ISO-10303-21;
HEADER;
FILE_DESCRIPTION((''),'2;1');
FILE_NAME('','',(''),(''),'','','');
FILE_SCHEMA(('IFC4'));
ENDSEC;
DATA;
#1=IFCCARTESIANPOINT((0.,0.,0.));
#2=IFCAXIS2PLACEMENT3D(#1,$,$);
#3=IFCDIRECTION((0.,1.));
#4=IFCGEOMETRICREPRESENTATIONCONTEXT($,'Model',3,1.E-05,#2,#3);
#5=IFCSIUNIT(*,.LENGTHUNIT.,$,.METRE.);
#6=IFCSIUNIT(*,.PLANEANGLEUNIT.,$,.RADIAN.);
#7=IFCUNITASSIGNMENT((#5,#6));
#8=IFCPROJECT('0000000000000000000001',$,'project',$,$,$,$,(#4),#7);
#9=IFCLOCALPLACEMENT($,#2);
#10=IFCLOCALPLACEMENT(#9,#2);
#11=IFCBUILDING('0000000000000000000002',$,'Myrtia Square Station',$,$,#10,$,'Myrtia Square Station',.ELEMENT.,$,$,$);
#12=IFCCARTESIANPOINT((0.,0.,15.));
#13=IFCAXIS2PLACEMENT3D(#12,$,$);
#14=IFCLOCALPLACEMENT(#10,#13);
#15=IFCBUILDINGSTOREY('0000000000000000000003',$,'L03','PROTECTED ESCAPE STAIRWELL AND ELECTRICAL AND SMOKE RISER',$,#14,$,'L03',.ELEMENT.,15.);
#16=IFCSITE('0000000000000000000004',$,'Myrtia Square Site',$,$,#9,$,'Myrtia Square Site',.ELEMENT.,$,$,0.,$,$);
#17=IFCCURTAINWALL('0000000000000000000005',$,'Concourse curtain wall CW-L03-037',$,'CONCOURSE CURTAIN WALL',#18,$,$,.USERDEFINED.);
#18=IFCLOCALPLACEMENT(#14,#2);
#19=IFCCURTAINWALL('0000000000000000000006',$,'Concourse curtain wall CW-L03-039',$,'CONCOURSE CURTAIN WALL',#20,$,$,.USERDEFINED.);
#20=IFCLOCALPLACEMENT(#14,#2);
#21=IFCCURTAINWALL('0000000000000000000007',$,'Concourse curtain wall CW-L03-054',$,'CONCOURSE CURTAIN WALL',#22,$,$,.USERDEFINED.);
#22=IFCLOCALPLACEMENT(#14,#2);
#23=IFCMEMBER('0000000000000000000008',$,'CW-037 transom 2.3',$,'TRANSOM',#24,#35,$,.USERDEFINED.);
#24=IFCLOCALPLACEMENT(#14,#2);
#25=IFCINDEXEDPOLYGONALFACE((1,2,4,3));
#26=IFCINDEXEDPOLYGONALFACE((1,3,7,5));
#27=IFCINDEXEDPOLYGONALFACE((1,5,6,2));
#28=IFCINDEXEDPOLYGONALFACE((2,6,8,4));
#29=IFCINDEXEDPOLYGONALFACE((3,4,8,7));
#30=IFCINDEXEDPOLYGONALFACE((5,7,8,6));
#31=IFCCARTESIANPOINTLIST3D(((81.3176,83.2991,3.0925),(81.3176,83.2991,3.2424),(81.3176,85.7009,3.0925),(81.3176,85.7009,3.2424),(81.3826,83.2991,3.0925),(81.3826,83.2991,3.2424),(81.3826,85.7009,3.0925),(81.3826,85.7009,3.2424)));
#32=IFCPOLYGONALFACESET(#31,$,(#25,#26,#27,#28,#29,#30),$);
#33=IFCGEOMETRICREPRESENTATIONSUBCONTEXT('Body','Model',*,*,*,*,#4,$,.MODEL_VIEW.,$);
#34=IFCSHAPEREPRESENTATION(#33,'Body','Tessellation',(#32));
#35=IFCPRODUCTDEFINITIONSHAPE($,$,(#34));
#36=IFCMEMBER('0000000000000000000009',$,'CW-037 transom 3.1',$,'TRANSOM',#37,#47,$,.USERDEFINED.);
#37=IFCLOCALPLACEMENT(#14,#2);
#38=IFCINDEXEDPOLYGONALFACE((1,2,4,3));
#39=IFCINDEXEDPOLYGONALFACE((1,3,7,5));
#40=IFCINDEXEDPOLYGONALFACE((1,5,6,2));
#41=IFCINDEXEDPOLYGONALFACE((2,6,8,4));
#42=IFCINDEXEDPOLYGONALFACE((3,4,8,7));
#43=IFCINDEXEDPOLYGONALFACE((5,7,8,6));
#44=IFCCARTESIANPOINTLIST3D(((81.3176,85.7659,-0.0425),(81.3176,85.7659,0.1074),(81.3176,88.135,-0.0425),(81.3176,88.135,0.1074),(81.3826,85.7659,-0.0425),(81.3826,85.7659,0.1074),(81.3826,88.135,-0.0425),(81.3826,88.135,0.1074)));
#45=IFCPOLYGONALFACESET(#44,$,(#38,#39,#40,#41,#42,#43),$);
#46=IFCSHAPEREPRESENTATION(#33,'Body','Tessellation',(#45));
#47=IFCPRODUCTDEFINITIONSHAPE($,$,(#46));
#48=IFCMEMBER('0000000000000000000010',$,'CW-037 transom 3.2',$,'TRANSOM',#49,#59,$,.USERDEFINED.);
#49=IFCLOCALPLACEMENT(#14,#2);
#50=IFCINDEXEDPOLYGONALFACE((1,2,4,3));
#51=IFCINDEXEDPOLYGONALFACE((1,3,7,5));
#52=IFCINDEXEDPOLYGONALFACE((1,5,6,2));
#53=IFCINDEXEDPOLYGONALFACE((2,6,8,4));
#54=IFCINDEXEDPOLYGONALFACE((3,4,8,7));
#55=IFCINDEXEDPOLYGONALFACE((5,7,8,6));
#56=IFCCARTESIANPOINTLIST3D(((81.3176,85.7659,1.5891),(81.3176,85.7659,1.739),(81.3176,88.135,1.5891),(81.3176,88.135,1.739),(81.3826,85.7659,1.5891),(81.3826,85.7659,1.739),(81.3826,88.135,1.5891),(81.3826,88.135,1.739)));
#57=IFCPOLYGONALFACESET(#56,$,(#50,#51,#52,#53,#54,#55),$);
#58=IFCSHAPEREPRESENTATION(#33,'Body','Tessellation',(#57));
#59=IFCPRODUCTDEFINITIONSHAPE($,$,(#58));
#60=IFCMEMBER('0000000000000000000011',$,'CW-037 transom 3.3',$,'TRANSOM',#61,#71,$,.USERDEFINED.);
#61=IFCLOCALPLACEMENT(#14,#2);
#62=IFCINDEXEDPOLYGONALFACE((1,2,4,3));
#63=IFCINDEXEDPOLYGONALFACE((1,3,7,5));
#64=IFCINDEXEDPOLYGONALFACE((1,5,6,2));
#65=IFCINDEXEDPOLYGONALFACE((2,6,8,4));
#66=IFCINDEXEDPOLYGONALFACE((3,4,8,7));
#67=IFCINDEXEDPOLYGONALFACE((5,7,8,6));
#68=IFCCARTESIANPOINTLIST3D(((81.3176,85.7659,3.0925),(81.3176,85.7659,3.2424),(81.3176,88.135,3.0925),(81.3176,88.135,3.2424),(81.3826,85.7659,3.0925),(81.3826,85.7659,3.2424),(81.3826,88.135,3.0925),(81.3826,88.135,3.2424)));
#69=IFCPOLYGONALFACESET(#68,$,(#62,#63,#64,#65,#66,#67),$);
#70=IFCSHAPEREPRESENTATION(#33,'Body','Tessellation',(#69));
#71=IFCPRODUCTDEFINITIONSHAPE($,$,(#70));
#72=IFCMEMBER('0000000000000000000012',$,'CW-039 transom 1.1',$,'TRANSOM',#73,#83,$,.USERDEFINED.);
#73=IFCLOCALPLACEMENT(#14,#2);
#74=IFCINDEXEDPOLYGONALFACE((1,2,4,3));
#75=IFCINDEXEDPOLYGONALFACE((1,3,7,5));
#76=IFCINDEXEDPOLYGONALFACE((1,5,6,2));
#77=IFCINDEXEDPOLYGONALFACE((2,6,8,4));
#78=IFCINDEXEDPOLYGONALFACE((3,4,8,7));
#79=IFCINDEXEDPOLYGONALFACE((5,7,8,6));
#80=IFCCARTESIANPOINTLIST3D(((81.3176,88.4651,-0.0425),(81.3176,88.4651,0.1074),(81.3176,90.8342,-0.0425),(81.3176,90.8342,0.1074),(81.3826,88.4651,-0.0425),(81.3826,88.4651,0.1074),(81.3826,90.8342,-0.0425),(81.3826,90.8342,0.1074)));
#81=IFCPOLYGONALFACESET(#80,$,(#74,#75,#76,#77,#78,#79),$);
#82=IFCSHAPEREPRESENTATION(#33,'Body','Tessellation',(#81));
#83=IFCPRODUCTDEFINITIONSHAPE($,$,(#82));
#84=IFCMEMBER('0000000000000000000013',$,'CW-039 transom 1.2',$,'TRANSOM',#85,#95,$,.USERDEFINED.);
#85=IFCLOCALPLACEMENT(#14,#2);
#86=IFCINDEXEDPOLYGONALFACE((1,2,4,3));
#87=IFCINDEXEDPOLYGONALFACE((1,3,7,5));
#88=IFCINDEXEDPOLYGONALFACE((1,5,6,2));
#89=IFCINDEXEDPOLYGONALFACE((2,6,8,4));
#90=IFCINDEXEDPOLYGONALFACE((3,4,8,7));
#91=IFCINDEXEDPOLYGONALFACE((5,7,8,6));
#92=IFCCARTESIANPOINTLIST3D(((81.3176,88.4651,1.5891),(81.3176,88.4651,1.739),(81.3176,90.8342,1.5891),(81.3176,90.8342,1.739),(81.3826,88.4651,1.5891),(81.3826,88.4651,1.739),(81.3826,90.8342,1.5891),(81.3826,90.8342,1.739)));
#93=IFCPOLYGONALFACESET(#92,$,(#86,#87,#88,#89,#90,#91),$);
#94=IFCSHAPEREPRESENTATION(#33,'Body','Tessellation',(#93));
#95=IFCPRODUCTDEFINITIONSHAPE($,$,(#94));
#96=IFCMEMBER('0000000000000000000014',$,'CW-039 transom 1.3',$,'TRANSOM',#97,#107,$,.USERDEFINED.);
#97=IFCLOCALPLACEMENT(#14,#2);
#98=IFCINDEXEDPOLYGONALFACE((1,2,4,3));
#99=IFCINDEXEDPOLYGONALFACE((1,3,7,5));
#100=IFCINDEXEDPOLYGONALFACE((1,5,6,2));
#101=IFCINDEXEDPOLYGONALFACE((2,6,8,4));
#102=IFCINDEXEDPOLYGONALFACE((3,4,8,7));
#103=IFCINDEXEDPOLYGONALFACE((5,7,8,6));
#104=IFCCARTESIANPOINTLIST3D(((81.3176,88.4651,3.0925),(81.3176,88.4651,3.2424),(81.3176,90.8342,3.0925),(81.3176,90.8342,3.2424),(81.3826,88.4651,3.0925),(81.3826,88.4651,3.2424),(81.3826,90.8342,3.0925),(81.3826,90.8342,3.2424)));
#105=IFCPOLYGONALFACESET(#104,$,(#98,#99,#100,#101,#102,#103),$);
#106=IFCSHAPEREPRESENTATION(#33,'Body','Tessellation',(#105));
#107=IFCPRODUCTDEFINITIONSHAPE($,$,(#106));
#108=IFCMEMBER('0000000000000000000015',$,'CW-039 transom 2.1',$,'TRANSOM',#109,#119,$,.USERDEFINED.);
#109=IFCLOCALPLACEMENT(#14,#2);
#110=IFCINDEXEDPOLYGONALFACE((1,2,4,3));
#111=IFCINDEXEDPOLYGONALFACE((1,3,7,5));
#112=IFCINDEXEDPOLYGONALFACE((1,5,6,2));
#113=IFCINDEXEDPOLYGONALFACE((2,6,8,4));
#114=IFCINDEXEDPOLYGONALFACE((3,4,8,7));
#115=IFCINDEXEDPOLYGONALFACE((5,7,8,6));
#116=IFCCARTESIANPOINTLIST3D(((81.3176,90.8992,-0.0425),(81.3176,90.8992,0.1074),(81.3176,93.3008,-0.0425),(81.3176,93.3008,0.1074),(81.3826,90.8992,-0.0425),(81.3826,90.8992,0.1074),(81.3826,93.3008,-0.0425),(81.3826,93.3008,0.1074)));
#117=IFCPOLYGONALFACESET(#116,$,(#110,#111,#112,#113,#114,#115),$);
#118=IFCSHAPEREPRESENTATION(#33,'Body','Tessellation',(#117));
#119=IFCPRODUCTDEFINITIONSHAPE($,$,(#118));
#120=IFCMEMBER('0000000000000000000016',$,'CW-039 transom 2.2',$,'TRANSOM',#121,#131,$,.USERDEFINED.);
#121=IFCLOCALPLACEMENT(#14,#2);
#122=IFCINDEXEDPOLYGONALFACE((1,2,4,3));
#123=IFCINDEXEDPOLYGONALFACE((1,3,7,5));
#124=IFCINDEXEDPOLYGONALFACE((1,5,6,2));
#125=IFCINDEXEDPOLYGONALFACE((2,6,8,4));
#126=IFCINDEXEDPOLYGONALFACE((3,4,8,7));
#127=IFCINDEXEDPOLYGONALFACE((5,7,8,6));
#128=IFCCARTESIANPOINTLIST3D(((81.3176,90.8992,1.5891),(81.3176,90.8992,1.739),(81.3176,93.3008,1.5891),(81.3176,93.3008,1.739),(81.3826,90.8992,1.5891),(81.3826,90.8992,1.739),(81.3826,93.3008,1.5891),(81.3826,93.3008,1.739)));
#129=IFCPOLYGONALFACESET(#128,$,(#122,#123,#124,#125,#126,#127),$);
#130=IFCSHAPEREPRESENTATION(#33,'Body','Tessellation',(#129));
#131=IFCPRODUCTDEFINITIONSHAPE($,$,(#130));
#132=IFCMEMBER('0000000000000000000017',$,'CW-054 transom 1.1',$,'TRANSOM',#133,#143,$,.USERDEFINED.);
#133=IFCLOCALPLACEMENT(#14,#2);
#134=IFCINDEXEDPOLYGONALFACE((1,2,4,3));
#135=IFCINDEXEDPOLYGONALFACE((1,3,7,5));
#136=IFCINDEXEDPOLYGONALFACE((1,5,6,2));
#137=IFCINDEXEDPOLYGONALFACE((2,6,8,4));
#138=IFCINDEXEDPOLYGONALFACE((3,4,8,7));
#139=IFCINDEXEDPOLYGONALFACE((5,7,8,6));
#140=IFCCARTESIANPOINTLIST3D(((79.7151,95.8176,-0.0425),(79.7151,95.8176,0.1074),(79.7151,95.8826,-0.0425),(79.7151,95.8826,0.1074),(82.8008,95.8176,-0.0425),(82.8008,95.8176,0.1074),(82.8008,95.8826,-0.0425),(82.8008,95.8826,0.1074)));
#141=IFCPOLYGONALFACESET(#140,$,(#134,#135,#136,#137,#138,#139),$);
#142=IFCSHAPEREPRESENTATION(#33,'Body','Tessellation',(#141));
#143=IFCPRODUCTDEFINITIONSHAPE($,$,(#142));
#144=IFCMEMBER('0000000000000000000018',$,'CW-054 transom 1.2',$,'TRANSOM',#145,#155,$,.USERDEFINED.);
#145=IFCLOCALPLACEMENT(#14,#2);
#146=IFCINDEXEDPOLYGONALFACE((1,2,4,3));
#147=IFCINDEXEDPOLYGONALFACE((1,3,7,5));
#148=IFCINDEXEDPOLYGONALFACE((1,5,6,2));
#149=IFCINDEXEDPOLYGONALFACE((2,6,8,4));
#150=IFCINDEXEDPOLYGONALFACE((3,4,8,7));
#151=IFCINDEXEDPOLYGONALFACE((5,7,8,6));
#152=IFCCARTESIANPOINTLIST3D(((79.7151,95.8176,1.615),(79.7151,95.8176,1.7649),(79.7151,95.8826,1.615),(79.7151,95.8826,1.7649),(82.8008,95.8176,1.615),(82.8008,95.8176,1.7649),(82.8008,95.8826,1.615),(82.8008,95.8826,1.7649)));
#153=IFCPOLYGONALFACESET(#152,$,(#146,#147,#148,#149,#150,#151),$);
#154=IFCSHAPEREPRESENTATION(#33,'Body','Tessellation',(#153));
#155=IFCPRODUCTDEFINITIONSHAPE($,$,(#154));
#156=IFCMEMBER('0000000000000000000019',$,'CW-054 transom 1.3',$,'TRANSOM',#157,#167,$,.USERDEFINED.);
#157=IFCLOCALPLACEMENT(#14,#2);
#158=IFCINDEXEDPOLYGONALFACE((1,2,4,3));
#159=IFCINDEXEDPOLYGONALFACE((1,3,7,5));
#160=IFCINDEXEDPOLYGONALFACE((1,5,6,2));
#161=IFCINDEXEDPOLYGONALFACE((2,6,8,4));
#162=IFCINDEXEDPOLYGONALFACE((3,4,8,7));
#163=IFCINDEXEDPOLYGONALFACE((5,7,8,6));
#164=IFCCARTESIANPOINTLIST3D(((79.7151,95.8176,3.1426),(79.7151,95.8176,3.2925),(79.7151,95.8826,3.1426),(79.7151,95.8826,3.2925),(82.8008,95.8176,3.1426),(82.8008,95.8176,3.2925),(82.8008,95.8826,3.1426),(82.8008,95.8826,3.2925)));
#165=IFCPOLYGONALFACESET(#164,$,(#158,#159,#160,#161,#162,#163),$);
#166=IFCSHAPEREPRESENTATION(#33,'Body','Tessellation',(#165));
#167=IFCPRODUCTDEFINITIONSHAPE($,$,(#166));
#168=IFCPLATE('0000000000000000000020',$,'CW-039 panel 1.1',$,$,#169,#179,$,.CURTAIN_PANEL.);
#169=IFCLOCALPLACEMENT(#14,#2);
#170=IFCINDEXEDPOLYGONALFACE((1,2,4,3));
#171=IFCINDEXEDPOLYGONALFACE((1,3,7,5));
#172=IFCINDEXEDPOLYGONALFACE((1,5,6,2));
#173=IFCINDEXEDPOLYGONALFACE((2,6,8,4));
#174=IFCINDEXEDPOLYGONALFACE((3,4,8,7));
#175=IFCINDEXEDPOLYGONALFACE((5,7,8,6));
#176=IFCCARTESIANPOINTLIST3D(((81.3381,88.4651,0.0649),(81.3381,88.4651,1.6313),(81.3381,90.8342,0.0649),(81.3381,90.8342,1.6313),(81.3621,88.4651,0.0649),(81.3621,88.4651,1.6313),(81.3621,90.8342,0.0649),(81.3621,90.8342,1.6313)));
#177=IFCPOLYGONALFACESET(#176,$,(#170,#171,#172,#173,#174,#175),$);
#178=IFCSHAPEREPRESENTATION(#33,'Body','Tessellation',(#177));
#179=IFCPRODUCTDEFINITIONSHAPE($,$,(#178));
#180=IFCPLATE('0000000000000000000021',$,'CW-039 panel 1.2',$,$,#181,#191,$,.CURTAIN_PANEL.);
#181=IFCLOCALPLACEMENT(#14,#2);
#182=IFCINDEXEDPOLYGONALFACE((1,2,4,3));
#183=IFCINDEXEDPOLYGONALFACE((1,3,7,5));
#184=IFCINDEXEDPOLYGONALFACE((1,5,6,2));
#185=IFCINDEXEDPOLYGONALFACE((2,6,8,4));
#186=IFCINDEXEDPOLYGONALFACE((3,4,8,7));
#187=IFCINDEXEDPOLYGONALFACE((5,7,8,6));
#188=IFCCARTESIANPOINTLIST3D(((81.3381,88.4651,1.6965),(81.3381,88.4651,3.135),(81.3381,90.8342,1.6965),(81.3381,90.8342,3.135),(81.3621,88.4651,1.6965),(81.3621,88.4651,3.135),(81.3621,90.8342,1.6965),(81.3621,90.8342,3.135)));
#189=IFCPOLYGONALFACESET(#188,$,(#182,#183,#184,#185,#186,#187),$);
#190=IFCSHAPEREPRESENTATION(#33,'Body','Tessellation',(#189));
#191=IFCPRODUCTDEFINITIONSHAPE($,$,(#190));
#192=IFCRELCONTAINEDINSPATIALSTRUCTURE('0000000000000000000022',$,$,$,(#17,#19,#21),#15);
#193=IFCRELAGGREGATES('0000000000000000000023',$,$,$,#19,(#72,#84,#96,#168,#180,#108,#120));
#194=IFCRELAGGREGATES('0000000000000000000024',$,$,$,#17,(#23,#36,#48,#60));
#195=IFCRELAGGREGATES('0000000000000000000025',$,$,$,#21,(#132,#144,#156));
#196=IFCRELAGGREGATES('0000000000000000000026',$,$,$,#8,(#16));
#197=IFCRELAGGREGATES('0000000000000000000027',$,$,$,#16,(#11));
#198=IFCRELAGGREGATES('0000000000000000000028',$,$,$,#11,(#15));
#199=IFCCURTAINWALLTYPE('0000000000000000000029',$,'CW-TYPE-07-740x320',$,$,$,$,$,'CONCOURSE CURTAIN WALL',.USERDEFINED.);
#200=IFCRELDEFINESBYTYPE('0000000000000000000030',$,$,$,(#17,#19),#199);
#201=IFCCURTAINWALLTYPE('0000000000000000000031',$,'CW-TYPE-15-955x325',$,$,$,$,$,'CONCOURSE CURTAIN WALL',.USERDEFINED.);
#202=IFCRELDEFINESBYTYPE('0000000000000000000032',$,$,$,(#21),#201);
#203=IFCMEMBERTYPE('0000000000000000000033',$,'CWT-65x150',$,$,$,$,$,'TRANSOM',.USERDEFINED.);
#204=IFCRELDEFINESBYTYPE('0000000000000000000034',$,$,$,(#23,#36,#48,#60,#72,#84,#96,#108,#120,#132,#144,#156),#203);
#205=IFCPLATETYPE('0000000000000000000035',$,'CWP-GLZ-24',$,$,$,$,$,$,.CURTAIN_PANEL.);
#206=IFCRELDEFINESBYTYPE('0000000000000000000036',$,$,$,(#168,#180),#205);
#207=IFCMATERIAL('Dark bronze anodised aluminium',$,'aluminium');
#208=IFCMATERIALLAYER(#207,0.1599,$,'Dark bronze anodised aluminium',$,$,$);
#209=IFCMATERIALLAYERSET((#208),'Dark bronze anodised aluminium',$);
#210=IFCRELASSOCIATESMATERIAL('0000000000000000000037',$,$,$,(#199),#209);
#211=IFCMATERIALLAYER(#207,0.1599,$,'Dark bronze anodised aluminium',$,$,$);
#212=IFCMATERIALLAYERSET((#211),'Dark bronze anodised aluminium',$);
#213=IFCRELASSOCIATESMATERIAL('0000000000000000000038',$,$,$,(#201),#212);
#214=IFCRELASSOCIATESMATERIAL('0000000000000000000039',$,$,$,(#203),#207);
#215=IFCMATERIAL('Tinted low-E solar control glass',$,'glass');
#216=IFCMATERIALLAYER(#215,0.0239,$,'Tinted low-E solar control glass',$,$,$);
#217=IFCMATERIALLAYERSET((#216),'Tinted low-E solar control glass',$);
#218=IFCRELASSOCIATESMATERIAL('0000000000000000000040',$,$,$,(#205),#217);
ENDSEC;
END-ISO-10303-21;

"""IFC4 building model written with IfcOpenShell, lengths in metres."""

from ifc_helpers import new_model, si_unit, direction, frame, origin, origin_2d, place, context, subcontext, project, spatial, rectangle, extrude, material, layer, layer_set, material_profile, profile_set, type_object, element, aggregate, save


model = new_model("IFC4")

# Units and contexts
model_context = context("Model", 3, precision=1e-05, world=origin(), true_north=direction((0.0, 1.0)))
body_context = subcontext(model_context, "Body", "Model", "MODEL_VIEW")
ifc_project = project(units=[si_unit("LENGTHUNIT", "METRE"), si_unit("PLANEANGLEUNIT", "RADIAN")], contexts=[model_context])

# Site, building, storey
site_placement = place(None, origin())
site = spatial("IfcSite", under=ifc_project, at=site_placement, Name="Myrtia Square Site", LongName="Myrtia Square Site", CompositionType="ELEMENT", RefElevation=0.0)
building_placement = place(site_placement, origin())
building = spatial("IfcBuilding", under=site, at=building_placement, Name="Myrtia Square Station", LongName="Myrtia Square Station", CompositionType="ELEMENT")
storey_placement = place(building_placement, frame((0.0, 0.0, 15.0)))
storey = spatial("IfcBuildingStorey", under=building, at=storey_placement, Name="L03", Description="PROTECTED ESCAPE STAIRWELL AND ELECTRICAL AND SMOKE RISER", LongName="L03", CompositionType="ELEMENT", Elevation=15.0)

# Curtain walls
ifc_material_1 = material(Name="Dark bronze anodised aluminium", Category="aluminium")
ifc_layer_1 = layer(ifc_material_1, 0.1599, Name="Dark bronze anodised aluminium")
ifc_layer_set_1 = layer_set([ifc_layer_1], Name="Dark bronze anodised aluminium")
curtain_wall_type_1 = type_object("IfcCurtainWallType", Name="CW-TYPE-07-740x320", ElementType="CONCOURSE CURTAIN WALL", PredefinedType="USERDEFINED", material=ifc_layer_set_1)
curtain_wall_1_placement = place(storey_placement, origin())
curtain_wall_1 = element("IfcCurtainWall", 1, at=curtain_wall_1_placement, inside=storey, type_object=curtain_wall_type_1, Name="Concourse curtain wall CW-L03-037", ObjectType="CONCOURSE CURTAIN WALL", PredefinedType="USERDEFINED")
curtain_wall_2_placement = place(storey_placement, origin())
curtain_wall_2 = element("IfcCurtainWall", 2, at=curtain_wall_2_placement, inside=storey, type_object=curtain_wall_type_1, Name="Concourse curtain wall CW-L03-039", ObjectType="CONCOURSE CURTAIN WALL", PredefinedType="USERDEFINED")

# Curtain wall
ifc_layer_2 = layer(ifc_material_1, 0.1599, Name="Dark bronze anodised aluminium")
ifc_layer_set_2 = layer_set([ifc_layer_2], Name="Dark bronze anodised aluminium")
curtain_wall_type_2 = type_object("IfcCurtainWallType", Name="CW-TYPE-15-955x325", ElementType="CONCOURSE CURTAIN WALL", PredefinedType="USERDEFINED", material=ifc_layer_set_2)
curtain_wall_3_placement = place(storey_placement, origin())
curtain_wall_3 = element("IfcCurtainWall", 3, at=curtain_wall_3_placement, inside=storey, type_object=curtain_wall_type_2, Name="Concourse curtain wall CW-L03-054", ObjectType="CONCOURSE CURTAIN WALL", PredefinedType="USERDEFINED")

# Members
ifc_material_profile_1 = material_profile(ifc_material_1, rectangle(XDim=0.0649, YDim=0.1499, at=origin_2d()), Name="ALU-T 65x150")
ifc_profile_set_1 = profile_set([ifc_material_profile_1], Name="Dark bronze anodised aluminium")
member_type_1 = type_object("IfcMemberType", Name="CWT-65x150", ElementType="TRANSOM", PredefinedType="USERDEFINED", material=ifc_profile_set_1)
member_1_placement = place(storey_placement, frame((81.3501, 83.2991, 3.1675), z_axis=(0.0, 1.0, 0.0), x_axis=(-1.0, 0.0, 0.0)))
member_1 = element("IfcMember", 4, at=member_1_placement, type_object=member_type_1, Name="CW-037 transom 2.3", ObjectType="TRANSOM", PredefinedType="USERDEFINED", context=body_context, shape_type="SweptSolid", body=[
    extrude(rectangle(XDim=0.0649, YDim=0.1499, at=origin_2d()), origin(), (0.0, 0.0, 1.0), 2.4019),
])
member_2_placement = place(storey_placement, frame((81.3501, 85.7659, 0.0325), z_axis=(0.0, 1.0, 0.0), x_axis=(-1.0, 0.0, 0.0)))
member_2 = element("IfcMember", 5, at=member_2_placement, type_object=member_type_1, Name="CW-037 transom 3.1", ObjectType="TRANSOM", PredefinedType="USERDEFINED", context=body_context, shape_type="SweptSolid", body=[
    extrude(rectangle(XDim=0.0649, YDim=0.1499, at=origin_2d()), origin(), (0.0, 0.0, 1.0), 2.3691),
])
member_3_placement = place(storey_placement, frame((81.3501, 85.7659, 1.6641), z_axis=(0.0, 1.0, 0.0), x_axis=(-1.0, 0.0, 0.0)))
member_3 = element("IfcMember", 6, at=member_3_placement, type_object=member_type_1, Name="CW-037 transom 3.2", ObjectType="TRANSOM", PredefinedType="USERDEFINED", context=body_context, shape_type="SweptSolid", body=[
    extrude(rectangle(XDim=0.0649, YDim=0.1499, at=origin_2d()), origin(), (0.0, 0.0, 1.0), 2.3691),
])
member_4_placement = place(storey_placement, frame((81.3501, 85.7659, 3.1675), z_axis=(0.0, 1.0, 0.0), x_axis=(-1.0, 0.0, 0.0)))
member_4 = element("IfcMember", 7, at=member_4_placement, type_object=member_type_1, Name="CW-037 transom 3.3", ObjectType="TRANSOM", PredefinedType="USERDEFINED", context=body_context, shape_type="SweptSolid", body=[
    extrude(rectangle(XDim=0.0649, YDim=0.1499, at=origin_2d()), origin(), (0.0, 0.0, 1.0), 2.3691),
])
member_5_placement = place(storey_placement, frame((81.3501, 88.4651, 0.0325), z_axis=(0.0, 1.0, 0.0), x_axis=(-1.0, 0.0, 0.0)))
member_5 = element("IfcMember", 8, at=member_5_placement, type_object=member_type_1, Name="CW-039 transom 1.1", ObjectType="TRANSOM", PredefinedType="USERDEFINED", context=body_context, shape_type="SweptSolid", body=[
    extrude(rectangle(XDim=0.0649, YDim=0.1499, at=origin_2d()), origin(), (0.0, 0.0, 1.0), 2.3691),
])
member_6_placement = place(storey_placement, frame((81.3501, 88.4651, 1.6641), z_axis=(0.0, 1.0, 0.0), x_axis=(-1.0, 0.0, 0.0)))
member_6 = element("IfcMember", 9, at=member_6_placement, type_object=member_type_1, Name="CW-039 transom 1.2", ObjectType="TRANSOM", PredefinedType="USERDEFINED", context=body_context, shape_type="SweptSolid", body=[
    extrude(rectangle(XDim=0.0649, YDim=0.1499, at=origin_2d()), origin(), (0.0, 0.0, 1.0), 2.3691),
])
member_7_placement = place(storey_placement, frame((81.3501, 88.4651, 3.1675), z_axis=(0.0, 1.0, 0.0), x_axis=(-1.0, 0.0, 0.0)))
member_7 = element("IfcMember", 10, at=member_7_placement, type_object=member_type_1, Name="CW-039 transom 1.3", ObjectType="TRANSOM", PredefinedType="USERDEFINED", context=body_context, shape_type="SweptSolid", body=[
    extrude(rectangle(XDim=0.0649, YDim=0.1499, at=origin_2d()), origin(), (0.0, 0.0, 1.0), 2.3691),
])
member_8_placement = place(storey_placement, frame((81.3501, 90.8992, 0.0325), z_axis=(0.0, 1.0, 0.0), x_axis=(-1.0, 0.0, 0.0)))
member_8 = element("IfcMember", 11, at=member_8_placement, type_object=member_type_1, Name="CW-039 transom 2.1", ObjectType="TRANSOM", PredefinedType="USERDEFINED", context=body_context, shape_type="SweptSolid", body=[
    extrude(rectangle(XDim=0.0649, YDim=0.1499, at=origin_2d()), origin(), (0.0, 0.0, 1.0), 2.4016),
])
member_9_placement = place(storey_placement, frame((81.3501, 90.8992, 1.6641), z_axis=(0.0, 1.0, 0.0), x_axis=(-1.0, 0.0, 0.0)))
member_9 = element("IfcMember", 12, at=member_9_placement, type_object=member_type_1, Name="CW-039 transom 2.2", ObjectType="TRANSOM", PredefinedType="USERDEFINED", context=body_context, shape_type="SweptSolid", body=[
    extrude(rectangle(XDim=0.0649, YDim=0.1499, at=origin_2d()), origin(), (0.0, 0.0, 1.0), 2.4016),
])
member_10_placement = place(storey_placement, frame((79.7151, 95.8501, 0.0325), z_axis=(1.0, 0.0, 0.0), x_axis=(0.0, 1.0, 0.0)))
member_10 = element("IfcMember", 13, at=member_10_placement, type_object=member_type_1, Name="CW-054 transom 1.1", ObjectType="TRANSOM", PredefinedType="USERDEFINED", context=body_context, shape_type="SweptSolid", body=[
    extrude(rectangle(XDim=0.0649, YDim=0.1499, at=origin_2d()), origin(), (0.0, 0.0, 1.0), 3.0857),
])
member_11_placement = place(storey_placement, frame((79.7151, 95.8501, 1.6899), z_axis=(1.0, 0.0, 0.0), x_axis=(0.0, 1.0, 0.0)))
member_11 = element("IfcMember", 14, at=member_11_placement, type_object=member_type_1, Name="CW-054 transom 1.2", ObjectType="TRANSOM", PredefinedType="USERDEFINED", context=body_context, shape_type="SweptSolid", body=[
    extrude(rectangle(XDim=0.0649, YDim=0.1499, at=origin_2d()), origin(), (0.0, 0.0, 1.0), 3.0857),
])
member_12_placement = place(storey_placement, frame((79.7151, 95.8501, 3.2175), z_axis=(1.0, 0.0, 0.0), x_axis=(0.0, 1.0, 0.0)))
member_12 = element("IfcMember", 15, at=member_12_placement, type_object=member_type_1, Name="CW-054 transom 1.3", ObjectType="TRANSOM", PredefinedType="USERDEFINED", context=body_context, shape_type="SweptSolid", body=[
    extrude(rectangle(XDim=0.0649, YDim=0.1499, at=origin_2d()), origin(), (0.0, 0.0, 1.0), 3.0857),
])

# Plates
ifc_material_2 = material(Name="Tinted low-E solar control glass", Category="glass")
ifc_layer_3 = layer(ifc_material_2, 0.0239, Name="Tinted low-E solar control glass")
ifc_layer_set_3 = layer_set([ifc_layer_3], Name="Tinted low-E solar control glass")
plate_type_1 = type_object("IfcPlateType", Name="CWP-GLZ-24", PredefinedType="CURTAIN_PANEL", material=ifc_layer_set_3)
plate_1_placement = place(storey_placement, frame((81.3501, 89.6497, 0.0649), z_axis=(0.0, 0.0, 1.0), x_axis=(0.0, 1.0, 0.0)))
plate_1 = element("IfcPlate", 16, at=plate_1_placement, type_object=plate_type_1, Name="CW-039 panel 1.1", PredefinedType="CURTAIN_PANEL", context=body_context, shape_type="SweptSolid", body=[
    extrude(rectangle(XDim=2.3691, YDim=0.0239, at=origin_2d()), origin(), (0.0, 0.0, 1.0), 1.5664),
])
plate_2_placement = place(storey_placement, frame((81.3501, 89.6497, 1.6965), z_axis=(0.0, 0.0, 1.0), x_axis=(0.0, 1.0, 0.0)))
plate_2 = element("IfcPlate", 17, at=plate_2_placement, type_object=plate_type_1, Name="CW-039 panel 1.2", PredefinedType="CURTAIN_PANEL", context=body_context, shape_type="SweptSolid", body=[
    extrude(rectangle(XDim=2.3691, YDim=0.0239, at=origin_2d()), origin(), (0.0, 0.0, 1.0), 1.4385),
])
aggregate(curtain_wall_2, [member_5, member_6, member_7, plate_1, plate_2, member_8, member_9])
aggregate(curtain_wall_1, [member_1, member_2, member_3, member_4])
aggregate(curtain_wall_3, [member_10, member_11, member_12])

save(model, "model.ifc")
